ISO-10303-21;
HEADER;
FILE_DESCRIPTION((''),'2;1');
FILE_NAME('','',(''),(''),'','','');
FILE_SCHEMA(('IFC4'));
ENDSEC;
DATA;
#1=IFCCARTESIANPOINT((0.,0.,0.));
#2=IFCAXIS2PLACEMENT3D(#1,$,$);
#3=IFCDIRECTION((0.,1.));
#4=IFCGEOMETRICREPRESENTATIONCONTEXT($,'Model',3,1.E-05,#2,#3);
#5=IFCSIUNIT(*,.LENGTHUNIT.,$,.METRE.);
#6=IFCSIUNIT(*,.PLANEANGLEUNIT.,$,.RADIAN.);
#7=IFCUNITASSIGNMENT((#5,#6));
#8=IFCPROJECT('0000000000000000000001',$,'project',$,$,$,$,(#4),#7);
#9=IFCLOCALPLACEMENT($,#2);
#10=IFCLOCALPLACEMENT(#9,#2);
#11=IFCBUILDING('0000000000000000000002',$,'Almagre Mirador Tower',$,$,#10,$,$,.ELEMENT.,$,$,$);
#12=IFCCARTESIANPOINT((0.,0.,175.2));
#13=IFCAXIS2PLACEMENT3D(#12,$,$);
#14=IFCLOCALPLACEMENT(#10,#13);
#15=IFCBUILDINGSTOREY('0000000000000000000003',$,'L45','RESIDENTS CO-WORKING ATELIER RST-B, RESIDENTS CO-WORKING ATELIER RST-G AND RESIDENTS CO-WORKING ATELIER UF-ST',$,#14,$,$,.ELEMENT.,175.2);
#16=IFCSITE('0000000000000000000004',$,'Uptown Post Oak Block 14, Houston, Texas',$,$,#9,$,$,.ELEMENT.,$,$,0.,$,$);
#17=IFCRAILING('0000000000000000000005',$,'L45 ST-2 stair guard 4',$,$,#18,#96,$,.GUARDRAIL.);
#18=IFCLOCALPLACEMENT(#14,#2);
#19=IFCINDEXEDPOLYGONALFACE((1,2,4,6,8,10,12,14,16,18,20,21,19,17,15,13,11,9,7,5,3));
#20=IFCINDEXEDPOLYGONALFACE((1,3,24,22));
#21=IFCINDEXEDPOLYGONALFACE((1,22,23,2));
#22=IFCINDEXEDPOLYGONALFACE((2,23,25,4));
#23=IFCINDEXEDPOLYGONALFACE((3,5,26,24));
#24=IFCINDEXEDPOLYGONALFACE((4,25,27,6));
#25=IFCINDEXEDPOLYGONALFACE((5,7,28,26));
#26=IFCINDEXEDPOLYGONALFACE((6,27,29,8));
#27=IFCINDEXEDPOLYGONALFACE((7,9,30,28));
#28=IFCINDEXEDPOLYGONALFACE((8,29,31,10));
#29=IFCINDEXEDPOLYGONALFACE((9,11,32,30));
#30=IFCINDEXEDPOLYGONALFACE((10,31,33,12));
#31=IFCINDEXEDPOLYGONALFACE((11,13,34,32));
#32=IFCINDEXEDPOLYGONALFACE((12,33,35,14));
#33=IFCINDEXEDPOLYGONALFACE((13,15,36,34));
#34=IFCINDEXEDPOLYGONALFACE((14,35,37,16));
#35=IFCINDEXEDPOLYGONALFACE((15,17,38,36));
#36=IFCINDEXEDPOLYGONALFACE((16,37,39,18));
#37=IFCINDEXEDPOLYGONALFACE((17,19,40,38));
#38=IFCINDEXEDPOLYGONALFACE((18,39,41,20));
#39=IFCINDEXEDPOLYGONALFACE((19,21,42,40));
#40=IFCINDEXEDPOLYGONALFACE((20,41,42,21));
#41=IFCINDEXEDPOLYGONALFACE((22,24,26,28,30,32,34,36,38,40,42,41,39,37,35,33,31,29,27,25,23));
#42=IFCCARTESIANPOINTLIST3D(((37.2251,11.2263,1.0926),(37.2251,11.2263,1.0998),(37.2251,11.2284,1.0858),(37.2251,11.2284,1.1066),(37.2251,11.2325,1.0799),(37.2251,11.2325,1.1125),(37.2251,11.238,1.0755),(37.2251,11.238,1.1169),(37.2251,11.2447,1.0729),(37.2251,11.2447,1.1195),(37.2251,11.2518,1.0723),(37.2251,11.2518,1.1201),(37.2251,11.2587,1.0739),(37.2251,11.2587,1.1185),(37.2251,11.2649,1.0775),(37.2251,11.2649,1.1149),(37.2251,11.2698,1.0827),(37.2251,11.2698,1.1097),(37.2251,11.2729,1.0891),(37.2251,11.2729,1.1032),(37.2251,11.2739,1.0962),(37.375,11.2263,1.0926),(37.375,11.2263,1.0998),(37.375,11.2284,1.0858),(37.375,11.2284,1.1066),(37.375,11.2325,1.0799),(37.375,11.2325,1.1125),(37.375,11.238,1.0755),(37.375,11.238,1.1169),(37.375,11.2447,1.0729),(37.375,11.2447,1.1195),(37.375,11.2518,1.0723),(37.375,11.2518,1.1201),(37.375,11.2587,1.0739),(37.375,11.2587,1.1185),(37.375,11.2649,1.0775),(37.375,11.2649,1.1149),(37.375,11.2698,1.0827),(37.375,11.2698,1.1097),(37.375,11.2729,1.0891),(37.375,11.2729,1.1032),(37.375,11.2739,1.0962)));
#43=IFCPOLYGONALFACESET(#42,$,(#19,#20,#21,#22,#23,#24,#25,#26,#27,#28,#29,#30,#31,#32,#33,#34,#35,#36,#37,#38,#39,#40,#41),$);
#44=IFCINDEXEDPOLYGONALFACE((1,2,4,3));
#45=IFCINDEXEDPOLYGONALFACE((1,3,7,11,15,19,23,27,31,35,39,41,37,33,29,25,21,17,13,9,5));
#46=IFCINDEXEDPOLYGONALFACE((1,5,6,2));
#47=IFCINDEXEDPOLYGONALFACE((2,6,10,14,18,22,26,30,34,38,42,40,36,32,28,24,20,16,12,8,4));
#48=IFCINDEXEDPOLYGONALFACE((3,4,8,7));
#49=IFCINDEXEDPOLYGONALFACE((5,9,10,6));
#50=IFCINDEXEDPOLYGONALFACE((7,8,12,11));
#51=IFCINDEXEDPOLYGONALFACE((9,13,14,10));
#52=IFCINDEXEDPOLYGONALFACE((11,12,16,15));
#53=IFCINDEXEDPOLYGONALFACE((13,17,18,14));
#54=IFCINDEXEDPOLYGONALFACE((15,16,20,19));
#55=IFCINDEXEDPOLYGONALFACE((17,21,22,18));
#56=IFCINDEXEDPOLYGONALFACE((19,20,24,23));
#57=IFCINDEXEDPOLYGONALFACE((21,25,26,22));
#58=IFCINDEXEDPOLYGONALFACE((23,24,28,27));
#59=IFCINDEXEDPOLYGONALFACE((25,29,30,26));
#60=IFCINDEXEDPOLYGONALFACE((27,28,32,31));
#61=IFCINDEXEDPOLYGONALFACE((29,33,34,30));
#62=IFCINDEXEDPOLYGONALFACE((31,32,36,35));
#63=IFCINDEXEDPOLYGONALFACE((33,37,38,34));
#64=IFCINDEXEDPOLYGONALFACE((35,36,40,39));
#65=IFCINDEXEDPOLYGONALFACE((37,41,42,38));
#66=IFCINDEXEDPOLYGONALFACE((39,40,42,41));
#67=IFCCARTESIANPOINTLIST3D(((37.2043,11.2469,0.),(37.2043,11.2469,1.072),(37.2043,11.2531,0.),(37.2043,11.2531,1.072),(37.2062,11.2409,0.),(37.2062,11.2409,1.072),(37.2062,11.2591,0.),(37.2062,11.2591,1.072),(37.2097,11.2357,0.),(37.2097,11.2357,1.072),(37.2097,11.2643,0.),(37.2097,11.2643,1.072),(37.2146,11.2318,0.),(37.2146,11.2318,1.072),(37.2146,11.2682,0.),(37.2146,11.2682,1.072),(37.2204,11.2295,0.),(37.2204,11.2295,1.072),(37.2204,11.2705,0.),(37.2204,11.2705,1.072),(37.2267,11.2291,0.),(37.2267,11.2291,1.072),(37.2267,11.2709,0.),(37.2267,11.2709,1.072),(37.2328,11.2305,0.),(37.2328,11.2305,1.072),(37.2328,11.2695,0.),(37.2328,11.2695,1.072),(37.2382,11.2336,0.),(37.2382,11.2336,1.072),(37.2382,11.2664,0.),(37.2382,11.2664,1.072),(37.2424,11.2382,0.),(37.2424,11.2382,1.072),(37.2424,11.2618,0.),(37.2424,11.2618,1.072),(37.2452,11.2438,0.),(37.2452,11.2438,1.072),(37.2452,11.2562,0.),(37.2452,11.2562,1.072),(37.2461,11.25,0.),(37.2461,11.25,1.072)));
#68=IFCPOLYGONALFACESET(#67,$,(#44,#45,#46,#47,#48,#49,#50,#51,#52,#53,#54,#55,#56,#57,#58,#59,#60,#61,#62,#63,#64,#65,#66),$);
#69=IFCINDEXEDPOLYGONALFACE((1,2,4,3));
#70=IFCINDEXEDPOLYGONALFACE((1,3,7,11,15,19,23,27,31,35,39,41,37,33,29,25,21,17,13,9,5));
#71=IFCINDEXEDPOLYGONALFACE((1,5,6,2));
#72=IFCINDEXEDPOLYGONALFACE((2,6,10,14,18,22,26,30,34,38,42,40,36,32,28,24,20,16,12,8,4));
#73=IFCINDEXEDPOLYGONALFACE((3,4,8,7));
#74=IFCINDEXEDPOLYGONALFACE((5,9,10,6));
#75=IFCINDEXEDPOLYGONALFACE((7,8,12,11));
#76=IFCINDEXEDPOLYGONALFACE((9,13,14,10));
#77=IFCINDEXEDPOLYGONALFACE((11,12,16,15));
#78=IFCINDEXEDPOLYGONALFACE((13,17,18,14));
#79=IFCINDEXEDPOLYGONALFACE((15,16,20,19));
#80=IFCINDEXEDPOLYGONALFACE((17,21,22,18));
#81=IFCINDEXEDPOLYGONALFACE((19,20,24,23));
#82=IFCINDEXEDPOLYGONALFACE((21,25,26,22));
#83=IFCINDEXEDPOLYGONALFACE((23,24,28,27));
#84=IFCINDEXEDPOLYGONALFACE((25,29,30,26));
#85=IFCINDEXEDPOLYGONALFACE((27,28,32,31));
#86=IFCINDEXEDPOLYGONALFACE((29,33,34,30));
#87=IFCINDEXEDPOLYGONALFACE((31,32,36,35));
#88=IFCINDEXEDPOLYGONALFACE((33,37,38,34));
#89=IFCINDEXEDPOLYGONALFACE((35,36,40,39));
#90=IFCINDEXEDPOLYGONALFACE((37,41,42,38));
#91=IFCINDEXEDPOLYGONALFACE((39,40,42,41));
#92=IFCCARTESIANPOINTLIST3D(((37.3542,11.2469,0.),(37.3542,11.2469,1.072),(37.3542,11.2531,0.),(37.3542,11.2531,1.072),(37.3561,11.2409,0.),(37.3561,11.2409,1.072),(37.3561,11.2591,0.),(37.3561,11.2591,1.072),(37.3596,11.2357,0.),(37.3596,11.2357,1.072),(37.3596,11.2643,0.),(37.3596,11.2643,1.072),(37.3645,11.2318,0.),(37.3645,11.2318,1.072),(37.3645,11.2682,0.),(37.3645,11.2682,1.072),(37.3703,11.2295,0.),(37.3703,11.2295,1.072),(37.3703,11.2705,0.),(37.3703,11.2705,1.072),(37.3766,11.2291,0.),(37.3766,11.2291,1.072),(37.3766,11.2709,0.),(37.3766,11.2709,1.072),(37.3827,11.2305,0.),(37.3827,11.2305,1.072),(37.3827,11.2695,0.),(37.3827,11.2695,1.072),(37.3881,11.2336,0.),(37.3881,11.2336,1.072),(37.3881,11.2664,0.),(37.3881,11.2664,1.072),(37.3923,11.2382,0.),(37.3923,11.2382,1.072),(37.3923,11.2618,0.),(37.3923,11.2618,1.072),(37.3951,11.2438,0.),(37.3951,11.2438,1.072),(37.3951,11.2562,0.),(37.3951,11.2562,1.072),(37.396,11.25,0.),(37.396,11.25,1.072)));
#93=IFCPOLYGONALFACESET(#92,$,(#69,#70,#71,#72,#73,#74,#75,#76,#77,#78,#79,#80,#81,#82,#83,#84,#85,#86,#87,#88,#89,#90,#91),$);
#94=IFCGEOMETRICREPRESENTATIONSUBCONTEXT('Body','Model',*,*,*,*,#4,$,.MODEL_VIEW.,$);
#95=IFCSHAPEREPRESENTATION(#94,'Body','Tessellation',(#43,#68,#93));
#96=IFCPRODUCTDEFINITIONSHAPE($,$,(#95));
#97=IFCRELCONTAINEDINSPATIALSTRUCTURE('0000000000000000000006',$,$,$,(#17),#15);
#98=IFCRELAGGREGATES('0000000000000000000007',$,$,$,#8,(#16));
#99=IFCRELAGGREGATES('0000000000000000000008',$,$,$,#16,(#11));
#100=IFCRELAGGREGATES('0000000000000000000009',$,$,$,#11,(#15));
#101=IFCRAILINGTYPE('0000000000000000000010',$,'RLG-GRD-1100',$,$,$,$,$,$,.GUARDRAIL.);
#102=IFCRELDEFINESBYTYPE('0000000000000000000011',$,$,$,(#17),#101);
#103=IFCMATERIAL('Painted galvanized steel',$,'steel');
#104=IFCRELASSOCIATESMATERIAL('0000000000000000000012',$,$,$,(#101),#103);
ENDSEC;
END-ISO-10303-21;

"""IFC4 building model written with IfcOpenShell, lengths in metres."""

from ifc_helpers import new_model, si_unit, direction, frame, origin, origin_2d, place, context, subcontext, project, spatial, circle, extrude, material, type_object, element, save


model = new_model("IFC4")

# Units and contexts
model_context = context("Model", 3, precision=1e-05, world=origin(), true_north=direction((0.0, 1.0)))
body_context = subcontext(model_context, "Body", "Model", "MODEL_VIEW")
ifc_project = project(units=[si_unit("LENGTHUNIT", "METRE"), si_unit("PLANEANGLEUNIT", "RADIAN")], contexts=[model_context])

# Site, building, storey
site_placement = place(None, origin())
site = spatial("IfcSite", under=ifc_project, at=site_placement, Name="Uptown Post Oak Block 14, Houston, Texas", CompositionType="ELEMENT", RefElevation=0.0)
building_placement = place(site_placement, origin())
building = spatial("IfcBuilding", under=site, at=building_placement, Name="Almagre Mirador Tower", CompositionType="ELEMENT")
storey_placement = place(building_placement, frame((0.0, 0.0, 175.2)))
storey = spatial("IfcBuildingStorey", under=building, at=storey_placement, Name="L45", Description="RESIDENTS CO-WORKING ATELIER RST-B, RESIDENTS CO-WORKING ATELIER RST-G AND RESIDENTS CO-WORKING ATELIER UF-ST", CompositionType="ELEMENT", Elevation=175.2)

# Railing
ifc_material_1 = material(Name="Painted galvanized steel", Category="steel")
railing_type_1 = type_object("IfcRailingType", Name="RLG-GRD-1100", PredefinedType="GUARDRAIL", material=ifc_material_1)
railing_1_placement = place(storey_placement, frame((37.2251, 11.25, 0.0)))
element("IfcRailing", 1, at=railing_1_placement, inside=storey, type_object=railing_type_1, Name="L45 ST-2 stair guard 4", PredefinedType="GUARDRAIL", context=body_context, shape_type="SweptSolid", body=[
    extrude(circle(Radius=0.0239, at=origin_2d()), frame((0.0, 0.0, 1.0962), z_axis=(1.0, 0.0, 0.0), x_axis=(0.0, 1.0, 0.0)), (0.0, 0.0, 1.0), 0.1499),
    extrude(circle(Radius=0.021, at=origin_2d()), origin(), (0.0, 0.0, 1.0), 1.072),
    extrude(circle(Radius=0.021, at=origin_2d()), frame((0.1499, 0.0, 0.0)), (0.0, 0.0, 1.0), 1.072),
])

save(model, "model.ifc")
